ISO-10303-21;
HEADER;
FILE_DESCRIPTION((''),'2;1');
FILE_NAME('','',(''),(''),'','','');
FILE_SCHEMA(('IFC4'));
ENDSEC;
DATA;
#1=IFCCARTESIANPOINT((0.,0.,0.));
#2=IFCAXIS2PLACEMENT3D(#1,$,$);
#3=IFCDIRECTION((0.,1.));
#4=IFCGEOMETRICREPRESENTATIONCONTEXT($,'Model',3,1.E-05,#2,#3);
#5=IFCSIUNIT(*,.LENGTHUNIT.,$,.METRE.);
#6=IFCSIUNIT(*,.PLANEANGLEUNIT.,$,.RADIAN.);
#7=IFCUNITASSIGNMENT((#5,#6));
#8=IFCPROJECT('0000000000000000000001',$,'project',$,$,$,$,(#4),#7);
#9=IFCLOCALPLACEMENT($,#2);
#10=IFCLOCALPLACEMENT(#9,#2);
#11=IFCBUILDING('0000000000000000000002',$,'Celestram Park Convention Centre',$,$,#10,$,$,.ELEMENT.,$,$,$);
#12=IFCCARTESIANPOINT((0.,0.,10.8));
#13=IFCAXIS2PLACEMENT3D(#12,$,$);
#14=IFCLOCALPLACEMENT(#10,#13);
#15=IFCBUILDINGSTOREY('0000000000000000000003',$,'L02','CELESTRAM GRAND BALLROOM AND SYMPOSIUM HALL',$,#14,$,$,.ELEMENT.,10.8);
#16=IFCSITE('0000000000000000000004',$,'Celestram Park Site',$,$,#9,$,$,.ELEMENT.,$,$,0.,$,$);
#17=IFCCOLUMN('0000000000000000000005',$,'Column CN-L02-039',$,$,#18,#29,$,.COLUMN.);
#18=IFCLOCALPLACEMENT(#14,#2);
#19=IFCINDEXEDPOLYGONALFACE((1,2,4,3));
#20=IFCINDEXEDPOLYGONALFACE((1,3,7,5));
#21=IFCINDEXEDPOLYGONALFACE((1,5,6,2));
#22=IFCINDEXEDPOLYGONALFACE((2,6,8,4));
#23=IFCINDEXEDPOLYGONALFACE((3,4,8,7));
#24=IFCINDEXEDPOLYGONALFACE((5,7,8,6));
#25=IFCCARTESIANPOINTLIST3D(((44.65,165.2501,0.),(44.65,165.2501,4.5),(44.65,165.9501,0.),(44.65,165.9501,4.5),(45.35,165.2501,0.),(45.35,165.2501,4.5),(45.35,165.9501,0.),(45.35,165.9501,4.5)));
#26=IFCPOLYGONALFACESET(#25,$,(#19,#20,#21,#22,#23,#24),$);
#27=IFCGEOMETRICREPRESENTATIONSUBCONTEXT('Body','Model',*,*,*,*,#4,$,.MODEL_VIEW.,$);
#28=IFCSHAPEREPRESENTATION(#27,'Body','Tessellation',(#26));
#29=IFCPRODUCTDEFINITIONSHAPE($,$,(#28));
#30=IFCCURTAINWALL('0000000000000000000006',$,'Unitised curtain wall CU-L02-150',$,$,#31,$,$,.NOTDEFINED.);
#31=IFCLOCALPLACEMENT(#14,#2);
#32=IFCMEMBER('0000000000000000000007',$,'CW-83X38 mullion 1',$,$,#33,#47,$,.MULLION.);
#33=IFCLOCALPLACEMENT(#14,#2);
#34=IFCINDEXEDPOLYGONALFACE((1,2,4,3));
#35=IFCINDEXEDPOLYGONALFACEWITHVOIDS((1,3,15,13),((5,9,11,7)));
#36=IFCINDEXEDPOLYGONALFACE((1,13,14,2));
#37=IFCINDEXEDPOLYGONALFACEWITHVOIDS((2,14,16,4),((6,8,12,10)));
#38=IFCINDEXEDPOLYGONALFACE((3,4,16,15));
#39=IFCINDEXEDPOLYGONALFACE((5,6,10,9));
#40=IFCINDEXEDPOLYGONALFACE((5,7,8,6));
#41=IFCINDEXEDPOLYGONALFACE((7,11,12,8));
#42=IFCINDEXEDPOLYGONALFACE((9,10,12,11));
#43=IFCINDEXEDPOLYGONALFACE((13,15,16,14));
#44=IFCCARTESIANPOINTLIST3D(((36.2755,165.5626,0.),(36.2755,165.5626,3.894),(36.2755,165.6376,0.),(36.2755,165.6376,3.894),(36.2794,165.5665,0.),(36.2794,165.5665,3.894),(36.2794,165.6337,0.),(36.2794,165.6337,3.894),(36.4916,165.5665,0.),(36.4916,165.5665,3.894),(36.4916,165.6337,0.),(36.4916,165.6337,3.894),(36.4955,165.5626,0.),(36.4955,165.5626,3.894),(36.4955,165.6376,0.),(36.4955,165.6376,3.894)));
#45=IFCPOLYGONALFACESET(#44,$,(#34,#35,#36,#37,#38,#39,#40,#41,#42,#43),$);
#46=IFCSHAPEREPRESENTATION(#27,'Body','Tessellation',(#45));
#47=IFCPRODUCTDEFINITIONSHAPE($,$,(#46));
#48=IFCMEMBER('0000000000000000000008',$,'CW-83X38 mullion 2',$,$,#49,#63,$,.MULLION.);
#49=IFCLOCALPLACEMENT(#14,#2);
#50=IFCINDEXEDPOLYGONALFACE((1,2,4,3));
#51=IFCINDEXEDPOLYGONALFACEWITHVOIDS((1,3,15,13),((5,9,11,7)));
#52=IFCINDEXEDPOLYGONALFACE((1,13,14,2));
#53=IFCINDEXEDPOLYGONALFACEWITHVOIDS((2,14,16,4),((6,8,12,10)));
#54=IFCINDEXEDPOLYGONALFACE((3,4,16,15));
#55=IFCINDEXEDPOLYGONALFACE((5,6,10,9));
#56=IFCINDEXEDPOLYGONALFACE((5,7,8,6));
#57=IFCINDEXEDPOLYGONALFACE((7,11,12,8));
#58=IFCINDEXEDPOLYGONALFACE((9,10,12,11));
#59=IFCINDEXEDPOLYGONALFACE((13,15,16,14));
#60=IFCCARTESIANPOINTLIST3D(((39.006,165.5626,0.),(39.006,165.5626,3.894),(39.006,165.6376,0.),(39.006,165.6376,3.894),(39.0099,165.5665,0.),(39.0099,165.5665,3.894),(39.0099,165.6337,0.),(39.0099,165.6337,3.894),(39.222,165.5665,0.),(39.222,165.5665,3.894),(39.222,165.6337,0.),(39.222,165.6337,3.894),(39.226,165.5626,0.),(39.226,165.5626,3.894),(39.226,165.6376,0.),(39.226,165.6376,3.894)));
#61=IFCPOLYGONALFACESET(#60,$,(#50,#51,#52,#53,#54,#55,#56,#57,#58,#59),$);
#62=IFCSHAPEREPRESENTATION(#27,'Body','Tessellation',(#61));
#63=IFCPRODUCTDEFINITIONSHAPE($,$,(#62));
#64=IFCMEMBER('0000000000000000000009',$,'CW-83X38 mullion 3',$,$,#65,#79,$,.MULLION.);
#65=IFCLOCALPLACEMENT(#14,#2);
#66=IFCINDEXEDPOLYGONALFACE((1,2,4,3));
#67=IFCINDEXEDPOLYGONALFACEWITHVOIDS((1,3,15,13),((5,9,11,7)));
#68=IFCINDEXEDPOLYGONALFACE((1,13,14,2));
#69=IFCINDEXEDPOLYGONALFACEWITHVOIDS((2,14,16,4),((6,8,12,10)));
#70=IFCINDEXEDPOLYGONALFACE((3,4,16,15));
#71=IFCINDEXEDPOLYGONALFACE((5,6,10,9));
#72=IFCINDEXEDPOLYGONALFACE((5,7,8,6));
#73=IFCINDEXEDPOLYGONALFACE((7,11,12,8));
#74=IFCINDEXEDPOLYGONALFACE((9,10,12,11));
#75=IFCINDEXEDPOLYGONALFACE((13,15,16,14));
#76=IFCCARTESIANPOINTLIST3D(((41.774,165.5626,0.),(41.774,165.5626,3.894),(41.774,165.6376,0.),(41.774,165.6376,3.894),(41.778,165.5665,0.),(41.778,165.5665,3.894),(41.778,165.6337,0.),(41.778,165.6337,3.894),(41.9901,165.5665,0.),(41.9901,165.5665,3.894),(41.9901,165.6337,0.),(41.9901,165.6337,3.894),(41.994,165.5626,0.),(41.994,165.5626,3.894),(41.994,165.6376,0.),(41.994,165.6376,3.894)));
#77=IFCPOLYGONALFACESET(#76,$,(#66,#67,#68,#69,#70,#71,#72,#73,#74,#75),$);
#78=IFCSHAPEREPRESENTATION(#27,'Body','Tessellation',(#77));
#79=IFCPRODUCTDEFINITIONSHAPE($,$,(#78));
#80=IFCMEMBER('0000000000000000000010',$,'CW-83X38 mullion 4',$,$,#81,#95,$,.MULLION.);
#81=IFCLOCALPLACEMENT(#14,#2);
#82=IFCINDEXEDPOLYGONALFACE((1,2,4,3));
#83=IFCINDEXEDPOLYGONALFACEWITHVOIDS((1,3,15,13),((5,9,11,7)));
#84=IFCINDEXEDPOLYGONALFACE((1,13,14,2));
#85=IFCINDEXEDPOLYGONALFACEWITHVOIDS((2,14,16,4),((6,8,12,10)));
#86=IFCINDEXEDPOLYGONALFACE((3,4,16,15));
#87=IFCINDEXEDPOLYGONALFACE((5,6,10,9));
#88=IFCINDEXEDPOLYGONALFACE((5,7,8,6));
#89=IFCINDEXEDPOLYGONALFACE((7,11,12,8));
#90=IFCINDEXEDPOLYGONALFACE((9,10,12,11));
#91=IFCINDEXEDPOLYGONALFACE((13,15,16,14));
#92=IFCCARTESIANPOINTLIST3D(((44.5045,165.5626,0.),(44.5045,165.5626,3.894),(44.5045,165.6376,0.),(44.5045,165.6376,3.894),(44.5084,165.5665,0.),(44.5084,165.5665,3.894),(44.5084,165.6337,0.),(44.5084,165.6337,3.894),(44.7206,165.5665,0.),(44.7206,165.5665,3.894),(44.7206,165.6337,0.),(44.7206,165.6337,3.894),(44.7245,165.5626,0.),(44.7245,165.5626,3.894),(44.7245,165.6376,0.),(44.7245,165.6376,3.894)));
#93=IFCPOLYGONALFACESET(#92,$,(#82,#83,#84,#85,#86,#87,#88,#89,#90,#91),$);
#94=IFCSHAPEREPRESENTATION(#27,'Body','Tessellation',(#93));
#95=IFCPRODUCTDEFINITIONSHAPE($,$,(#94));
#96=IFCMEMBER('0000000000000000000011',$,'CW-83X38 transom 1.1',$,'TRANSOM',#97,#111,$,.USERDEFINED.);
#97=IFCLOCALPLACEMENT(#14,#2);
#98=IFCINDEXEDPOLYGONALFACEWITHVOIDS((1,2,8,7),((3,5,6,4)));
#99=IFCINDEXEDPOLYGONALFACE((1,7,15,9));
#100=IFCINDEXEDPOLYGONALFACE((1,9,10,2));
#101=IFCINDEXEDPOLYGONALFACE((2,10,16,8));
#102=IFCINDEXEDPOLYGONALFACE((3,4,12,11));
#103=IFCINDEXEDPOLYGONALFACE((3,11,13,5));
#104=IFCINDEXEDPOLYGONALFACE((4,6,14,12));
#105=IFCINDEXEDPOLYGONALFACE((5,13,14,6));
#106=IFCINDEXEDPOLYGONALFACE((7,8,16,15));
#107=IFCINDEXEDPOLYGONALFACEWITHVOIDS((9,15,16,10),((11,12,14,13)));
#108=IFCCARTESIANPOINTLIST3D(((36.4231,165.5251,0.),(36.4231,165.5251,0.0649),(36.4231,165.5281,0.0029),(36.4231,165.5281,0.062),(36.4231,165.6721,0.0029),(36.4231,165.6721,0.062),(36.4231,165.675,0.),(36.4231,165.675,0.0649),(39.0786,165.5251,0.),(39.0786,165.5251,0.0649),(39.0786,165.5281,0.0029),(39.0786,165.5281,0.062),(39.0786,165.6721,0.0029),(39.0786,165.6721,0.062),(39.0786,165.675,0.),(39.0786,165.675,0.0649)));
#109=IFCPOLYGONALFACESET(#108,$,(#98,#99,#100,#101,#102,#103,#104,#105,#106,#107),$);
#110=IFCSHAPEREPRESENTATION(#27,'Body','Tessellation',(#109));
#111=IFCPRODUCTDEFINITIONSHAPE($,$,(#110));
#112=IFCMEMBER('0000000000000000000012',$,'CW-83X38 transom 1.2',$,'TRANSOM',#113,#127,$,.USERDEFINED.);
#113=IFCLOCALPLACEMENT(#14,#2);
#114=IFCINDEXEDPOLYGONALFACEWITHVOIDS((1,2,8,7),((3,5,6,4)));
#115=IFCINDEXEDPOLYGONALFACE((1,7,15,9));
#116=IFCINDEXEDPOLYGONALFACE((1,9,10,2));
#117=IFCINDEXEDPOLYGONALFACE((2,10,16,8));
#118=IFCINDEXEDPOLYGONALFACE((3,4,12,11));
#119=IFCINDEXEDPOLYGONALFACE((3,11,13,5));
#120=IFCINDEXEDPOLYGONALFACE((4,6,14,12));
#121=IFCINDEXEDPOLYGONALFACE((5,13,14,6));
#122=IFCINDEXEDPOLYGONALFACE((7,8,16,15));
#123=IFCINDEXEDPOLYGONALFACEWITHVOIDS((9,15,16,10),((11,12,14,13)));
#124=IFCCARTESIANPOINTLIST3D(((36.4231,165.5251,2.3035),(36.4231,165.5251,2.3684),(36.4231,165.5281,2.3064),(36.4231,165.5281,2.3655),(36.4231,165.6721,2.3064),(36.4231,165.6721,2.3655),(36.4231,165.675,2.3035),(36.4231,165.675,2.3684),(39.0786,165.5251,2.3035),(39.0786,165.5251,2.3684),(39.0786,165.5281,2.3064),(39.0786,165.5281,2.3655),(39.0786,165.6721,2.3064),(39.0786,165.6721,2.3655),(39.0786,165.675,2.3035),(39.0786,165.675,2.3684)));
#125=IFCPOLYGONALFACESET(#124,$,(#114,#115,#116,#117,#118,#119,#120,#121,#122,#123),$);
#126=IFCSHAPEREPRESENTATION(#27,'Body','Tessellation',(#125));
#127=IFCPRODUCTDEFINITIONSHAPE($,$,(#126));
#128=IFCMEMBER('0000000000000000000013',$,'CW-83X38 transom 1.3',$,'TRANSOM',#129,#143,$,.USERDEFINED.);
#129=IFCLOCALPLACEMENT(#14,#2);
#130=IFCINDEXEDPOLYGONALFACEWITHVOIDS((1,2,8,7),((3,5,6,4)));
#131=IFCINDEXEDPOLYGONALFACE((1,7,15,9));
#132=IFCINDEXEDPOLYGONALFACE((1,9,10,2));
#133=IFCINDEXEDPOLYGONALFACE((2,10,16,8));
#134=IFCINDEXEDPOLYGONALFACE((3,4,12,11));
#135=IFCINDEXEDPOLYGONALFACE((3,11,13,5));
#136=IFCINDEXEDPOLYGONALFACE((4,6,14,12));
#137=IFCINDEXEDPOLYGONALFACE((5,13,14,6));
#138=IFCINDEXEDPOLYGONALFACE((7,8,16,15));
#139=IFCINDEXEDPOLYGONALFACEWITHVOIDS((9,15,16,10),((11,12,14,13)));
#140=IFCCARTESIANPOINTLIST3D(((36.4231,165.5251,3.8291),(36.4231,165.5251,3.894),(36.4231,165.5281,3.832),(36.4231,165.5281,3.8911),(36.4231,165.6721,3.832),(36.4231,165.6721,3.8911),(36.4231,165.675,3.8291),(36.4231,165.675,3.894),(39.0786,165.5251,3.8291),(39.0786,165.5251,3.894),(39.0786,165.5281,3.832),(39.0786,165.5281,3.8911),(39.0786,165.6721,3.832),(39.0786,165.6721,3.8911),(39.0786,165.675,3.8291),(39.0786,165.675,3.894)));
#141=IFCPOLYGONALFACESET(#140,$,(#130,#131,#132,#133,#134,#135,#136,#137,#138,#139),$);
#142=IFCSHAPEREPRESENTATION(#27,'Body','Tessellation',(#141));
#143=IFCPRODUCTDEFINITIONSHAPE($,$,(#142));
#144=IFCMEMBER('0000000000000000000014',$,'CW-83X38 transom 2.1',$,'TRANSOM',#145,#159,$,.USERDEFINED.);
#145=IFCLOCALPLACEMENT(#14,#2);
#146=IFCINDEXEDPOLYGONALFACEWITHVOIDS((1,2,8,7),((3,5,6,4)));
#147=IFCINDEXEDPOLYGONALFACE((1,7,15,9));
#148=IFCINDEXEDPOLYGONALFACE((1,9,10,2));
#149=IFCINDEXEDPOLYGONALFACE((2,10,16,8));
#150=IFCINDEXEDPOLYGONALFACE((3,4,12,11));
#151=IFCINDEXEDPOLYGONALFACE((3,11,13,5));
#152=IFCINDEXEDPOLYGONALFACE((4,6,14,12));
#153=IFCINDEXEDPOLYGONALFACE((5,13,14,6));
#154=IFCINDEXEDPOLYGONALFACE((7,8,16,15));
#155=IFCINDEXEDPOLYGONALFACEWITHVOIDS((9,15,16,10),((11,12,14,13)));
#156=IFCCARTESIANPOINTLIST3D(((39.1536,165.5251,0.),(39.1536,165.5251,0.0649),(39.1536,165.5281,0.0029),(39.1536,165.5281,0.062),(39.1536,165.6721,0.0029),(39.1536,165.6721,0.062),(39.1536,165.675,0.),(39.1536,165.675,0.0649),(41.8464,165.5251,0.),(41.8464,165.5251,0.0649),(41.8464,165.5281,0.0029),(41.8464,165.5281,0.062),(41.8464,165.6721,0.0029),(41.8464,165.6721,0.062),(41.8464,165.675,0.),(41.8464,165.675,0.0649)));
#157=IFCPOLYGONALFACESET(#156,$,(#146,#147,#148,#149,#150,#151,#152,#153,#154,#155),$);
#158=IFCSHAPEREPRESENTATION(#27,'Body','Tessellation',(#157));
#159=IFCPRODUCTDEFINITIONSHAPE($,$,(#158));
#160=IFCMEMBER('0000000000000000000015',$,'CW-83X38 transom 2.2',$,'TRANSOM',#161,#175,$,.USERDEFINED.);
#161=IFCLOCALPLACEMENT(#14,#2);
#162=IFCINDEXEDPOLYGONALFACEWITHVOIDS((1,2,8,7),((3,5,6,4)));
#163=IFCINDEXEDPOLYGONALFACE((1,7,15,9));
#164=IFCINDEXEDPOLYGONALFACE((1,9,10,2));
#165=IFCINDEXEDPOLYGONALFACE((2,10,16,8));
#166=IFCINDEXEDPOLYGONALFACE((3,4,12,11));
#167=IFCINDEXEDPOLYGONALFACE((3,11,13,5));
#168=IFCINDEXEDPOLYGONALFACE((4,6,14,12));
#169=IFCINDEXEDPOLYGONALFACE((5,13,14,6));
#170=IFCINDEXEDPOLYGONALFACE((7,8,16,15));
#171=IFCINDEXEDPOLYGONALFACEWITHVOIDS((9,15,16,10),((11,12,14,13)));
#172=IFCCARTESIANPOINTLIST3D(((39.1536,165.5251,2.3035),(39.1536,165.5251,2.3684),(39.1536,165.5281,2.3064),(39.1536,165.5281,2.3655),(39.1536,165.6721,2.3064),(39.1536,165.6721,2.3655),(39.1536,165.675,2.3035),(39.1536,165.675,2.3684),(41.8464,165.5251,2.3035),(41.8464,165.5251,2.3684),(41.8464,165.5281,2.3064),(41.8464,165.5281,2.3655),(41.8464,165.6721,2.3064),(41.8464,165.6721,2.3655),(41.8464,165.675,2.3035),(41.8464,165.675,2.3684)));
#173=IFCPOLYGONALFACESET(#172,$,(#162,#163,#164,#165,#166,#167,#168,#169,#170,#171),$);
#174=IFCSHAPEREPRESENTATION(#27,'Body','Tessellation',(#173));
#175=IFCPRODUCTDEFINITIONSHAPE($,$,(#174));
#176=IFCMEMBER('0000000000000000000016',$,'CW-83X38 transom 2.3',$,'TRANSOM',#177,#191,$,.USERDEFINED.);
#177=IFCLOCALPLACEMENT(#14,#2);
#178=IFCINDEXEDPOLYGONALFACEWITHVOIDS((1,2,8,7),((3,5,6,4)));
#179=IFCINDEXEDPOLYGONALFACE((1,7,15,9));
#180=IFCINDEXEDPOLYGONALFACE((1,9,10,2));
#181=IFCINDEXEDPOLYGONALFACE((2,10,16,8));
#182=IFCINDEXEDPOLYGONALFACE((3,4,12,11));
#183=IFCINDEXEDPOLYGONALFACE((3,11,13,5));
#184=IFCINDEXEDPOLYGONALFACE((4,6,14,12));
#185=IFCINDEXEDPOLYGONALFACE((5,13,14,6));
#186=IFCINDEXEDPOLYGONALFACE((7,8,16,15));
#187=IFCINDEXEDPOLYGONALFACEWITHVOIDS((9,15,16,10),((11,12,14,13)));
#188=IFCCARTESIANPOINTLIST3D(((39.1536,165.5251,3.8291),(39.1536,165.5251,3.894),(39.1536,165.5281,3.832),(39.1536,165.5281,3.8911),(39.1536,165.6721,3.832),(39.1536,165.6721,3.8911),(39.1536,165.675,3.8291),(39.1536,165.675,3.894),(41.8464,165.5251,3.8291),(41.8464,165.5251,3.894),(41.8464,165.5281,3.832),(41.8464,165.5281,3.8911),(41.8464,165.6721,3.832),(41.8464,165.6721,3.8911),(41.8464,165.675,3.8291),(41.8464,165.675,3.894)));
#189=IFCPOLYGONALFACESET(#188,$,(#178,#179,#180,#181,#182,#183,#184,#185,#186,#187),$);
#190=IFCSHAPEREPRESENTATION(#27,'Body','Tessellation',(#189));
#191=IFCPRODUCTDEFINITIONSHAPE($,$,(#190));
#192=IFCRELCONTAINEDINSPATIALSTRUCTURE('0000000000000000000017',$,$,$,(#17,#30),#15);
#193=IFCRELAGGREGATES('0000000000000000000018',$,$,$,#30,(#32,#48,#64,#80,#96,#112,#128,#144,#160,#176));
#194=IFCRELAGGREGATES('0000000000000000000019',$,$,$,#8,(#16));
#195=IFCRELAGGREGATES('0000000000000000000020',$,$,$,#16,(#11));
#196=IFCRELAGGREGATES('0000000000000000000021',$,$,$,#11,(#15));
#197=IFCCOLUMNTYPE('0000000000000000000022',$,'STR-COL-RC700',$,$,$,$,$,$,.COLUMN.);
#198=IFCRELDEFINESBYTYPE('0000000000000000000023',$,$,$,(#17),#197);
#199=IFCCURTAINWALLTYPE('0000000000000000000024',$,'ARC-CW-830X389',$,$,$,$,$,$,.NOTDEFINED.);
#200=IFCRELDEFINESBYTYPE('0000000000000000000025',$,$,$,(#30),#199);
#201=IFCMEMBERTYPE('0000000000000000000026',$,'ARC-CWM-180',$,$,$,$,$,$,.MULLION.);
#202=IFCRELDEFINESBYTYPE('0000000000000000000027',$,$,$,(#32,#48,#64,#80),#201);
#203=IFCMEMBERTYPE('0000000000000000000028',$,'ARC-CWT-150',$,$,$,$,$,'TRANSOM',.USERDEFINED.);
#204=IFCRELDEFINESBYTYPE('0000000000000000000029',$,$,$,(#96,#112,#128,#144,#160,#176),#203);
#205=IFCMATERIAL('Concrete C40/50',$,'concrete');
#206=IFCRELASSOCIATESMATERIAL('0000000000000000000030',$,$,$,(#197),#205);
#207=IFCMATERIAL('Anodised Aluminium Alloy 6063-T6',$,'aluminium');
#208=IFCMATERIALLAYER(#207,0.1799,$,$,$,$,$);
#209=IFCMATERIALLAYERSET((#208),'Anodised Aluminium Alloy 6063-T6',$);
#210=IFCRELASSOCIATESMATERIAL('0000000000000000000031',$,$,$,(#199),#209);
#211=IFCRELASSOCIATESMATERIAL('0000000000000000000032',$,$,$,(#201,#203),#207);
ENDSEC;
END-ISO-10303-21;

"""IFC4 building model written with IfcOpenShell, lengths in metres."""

from ifc_helpers import new_model, si_unit, direction, frame, origin, origin_2d, place, context, subcontext, project, spatial, rectangle, hollow_rectangle, extrude, material, layer, layer_set, material_profile, profile_set, type_object, element, aggregate, save


model = new_model("IFC4")

# Units and contexts
model_context = context("Model", 3, precision=1e-05, world=origin(), true_north=direction((0.0, 1.0)))
body_context = subcontext(model_context, "Body", "Model", "MODEL_VIEW")
ifc_project = project(units=[si_unit("LENGTHUNIT", "METRE"), si_unit("PLANEANGLEUNIT", "RADIAN")], contexts=[model_context])

# Site, building, storey
site_placement = place(None, origin())
site = spatial("IfcSite", under=ifc_project, at=site_placement, Name="Celestram Park Site", CompositionType="ELEMENT", RefElevation=0.0)
building_placement = place(site_placement, origin())
building = spatial("IfcBuilding", under=site, at=building_placement, Name="Celestram Park Convention Centre", CompositionType="ELEMENT")
storey_placement = place(building_placement, frame((0.0, 0.0, 10.8)))
storey = spatial("IfcBuildingStorey", under=building, at=storey_placement, Name="L02", Description="CELESTRAM GRAND BALLROOM AND SYMPOSIUM HALL", CompositionType="ELEMENT", Elevation=10.8)

# Column
ifc_material_1 = material(Name="Concrete C40/50", Category="concrete")
ifc_material_profile_1 = material_profile(ifc_material_1, rectangle(XDim=0.7, YDim=0.7, at=origin_2d()), Name="RC700X700")
ifc_profile_set_1 = profile_set([ifc_material_profile_1], Name="Concrete C40/50")
column_type = type_object("IfcColumnType", Name="STR-COL-RC700", PredefinedType="COLUMN", material=ifc_profile_set_1)
column_placement = place(storey_placement, frame((45.0, 165.6001, 0.0), z_axis=(0.0, 0.0, 1.0), x_axis=(1.0, 0.0, 0.0)))
element("IfcColumn", 1, at=column_placement, inside=storey, type_object=column_type, Name="Column CN-L02-039", PredefinedType="COLUMN", context=body_context, shape_type="SweptSolid", body=[
    extrude(rectangle(XDim=0.7, YDim=0.7, at=origin_2d()), origin(), (0.0, 0.0, 1.0), 4.5),
])

# Curtain wall, members
ifc_material_2 = material(Name="Anodised Aluminium Alloy 6063-T6", Category="aluminium")
ifc_layer_1 = layer(ifc_material_2, 0.1799)
ifc_layer_set_1 = layer_set([ifc_layer_1], Name="Anodised Aluminium Alloy 6063-T6")
curtain_wall_type = type_object("IfcCurtainWallType", Name="ARC-CW-830X389", PredefinedType="NOTDEFINED", material=ifc_layer_set_1)
curtain_wall_placement = place(storey_placement, origin())
curtain_wall = element("IfcCurtainWall", 2, at=curtain_wall_placement, inside=storey, type_object=curtain_wall_type, Name="Unitised curtain wall CU-L02-150", PredefinedType="NOTDEFINED")
ifc_material_profile_2 = material_profile(ifc_material_2, hollow_rectangle(XDim=0.075, YDim=0.22, WallThickness=0.0039, at=origin_2d()), Name="ALU75X220X4")
ifc_profile_set_2 = profile_set([ifc_material_profile_2], Name="Anodised Aluminium Alloy 6063-T6")
member_type_1 = type_object("IfcMemberType", Name="ARC-CWM-180", PredefinedType="MULLION", material=ifc_profile_set_2)
member_1_placement = place(storey_placement, frame((36.3855, 165.6001, 0.0), z_axis=(0.0, 0.0, 1.0), x_axis=(0.0, 1.0, 0.0)))
member_1 = element("IfcMember", 3, at=member_1_placement, type_object=member_type_1, Name="CW-83X38 mullion 1", PredefinedType="MULLION", context=body_context, shape_type="SweptSolid", body=[
    extrude(hollow_rectangle(XDim=0.075, YDim=0.22, WallThickness=0.0039, at=origin_2d()), origin(), (0.0, 0.0, 1.0), 3.894),
])
member_2_placement = place(storey_placement, frame((39.116, 165.6001, 0.0), z_axis=(0.0, 0.0, 1.0), x_axis=(0.0, 1.0, 0.0)))
member_2 = element("IfcMember", 4, at=member_2_placement, type_object=member_type_1, Name="CW-83X38 mullion 2", PredefinedType="MULLION", context=body_context, shape_type="SweptSolid", body=[
    extrude(hollow_rectangle(XDim=0.075, YDim=0.22, WallThickness=0.0039, at=origin_2d()), origin(), (0.0, 0.0, 1.0), 3.894),
])
member_3_placement = place(storey_placement, frame((41.884, 165.6001, 0.0), z_axis=(0.0, 0.0, 1.0), x_axis=(0.0, 1.0, 0.0)))
member_3 = element("IfcMember", 5, at=member_3_placement, type_object=member_type_1, Name="CW-83X38 mullion 3", PredefinedType="MULLION", context=body_context, shape_type="SweptSolid", body=[
    extrude(hollow_rectangle(XDim=0.075, YDim=0.22, WallThickness=0.0039, at=origin_2d()), origin(), (0.0, 0.0, 1.0), 3.894),
])
member_4_placement = place(storey_placement, frame((44.6145, 165.6001, 0.0), z_axis=(0.0, 0.0, 1.0), x_axis=(0.0, 1.0, 0.0)))
member_4 = element("IfcMember", 6, at=member_4_placement, type_object=member_type_1, Name="CW-83X38 mullion 4", PredefinedType="MULLION", context=body_context, shape_type="SweptSolid", body=[
    extrude(hollow_rectangle(XDim=0.075, YDim=0.22, WallThickness=0.0039, at=origin_2d()), origin(), (0.0, 0.0, 1.0), 3.894),
])
ifc_material_profile_3 = material_profile(ifc_material_2, hollow_rectangle(XDim=0.1499, YDim=0.0649, WallThickness=0.0029, at=origin_2d()), Name="ALU150X65X3")
ifc_profile_set_3 = profile_set([ifc_material_profile_3], Name="Anodised Aluminium Alloy 6063-T6")
member_type_2 = type_object("IfcMemberType", Name="ARC-CWT-150", ElementType="TRANSOM", PredefinedType="USERDEFINED", material=ifc_profile_set_3)
member_5_placement = place(storey_placement, frame((36.4231, 165.6001, 0.0325), z_axis=(1.0, 0.0, 0.0), x_axis=(0.0, 1.0, 0.0)))
member_5 = element("IfcMember", 7, at=member_5_placement, type_object=member_type_2, Name="CW-83X38 transom 1.1", ObjectType="TRANSOM", PredefinedType="USERDEFINED", context=body_context, shape_type="SweptSolid", body=[
    extrude(hollow_rectangle(XDim=0.1499, YDim=0.0649, WallThickness=0.0029, at=origin_2d()), origin(), (0.0, 0.0, 1.0), 2.6555),
])
member_6_placement = place(storey_placement, frame((36.4231, 165.6001, 2.3359), z_axis=(1.0, 0.0, 0.0), x_axis=(0.0, 1.0, 0.0)))
member_6 = element("IfcMember", 8, at=member_6_placement, type_object=member_type_2, Name="CW-83X38 transom 1.2", ObjectType="TRANSOM", PredefinedType="USERDEFINED", context=body_context, shape_type="SweptSolid", body=[
    extrude(hollow_rectangle(XDim=0.1499, YDim=0.0649, WallThickness=0.0029, at=origin_2d()), origin(), (0.0, 0.0, 1.0), 2.6555),
])
member_7_placement = place(storey_placement, frame((36.4231, 165.6001, 3.8616), z_axis=(1.0, 0.0, 0.0), x_axis=(0.0, 1.0, 0.0)))
member_7 = element("IfcMember", 9, at=member_7_placement, type_object=member_type_2, Name="CW-83X38 transom 1.3", ObjectType="TRANSOM", PredefinedType="USERDEFINED", context=body_context, shape_type="SweptSolid", body=[
    extrude(hollow_rectangle(XDim=0.1499, YDim=0.0649, WallThickness=0.0029, at=origin_2d()), origin(), (0.0, 0.0, 1.0), 2.6555),
])
member_8_placement = place(storey_placement, frame((39.1536, 165.6001, 0.0325), z_axis=(1.0, 0.0, 0.0), x_axis=(0.0, 1.0, 0.0)))
member_8 = element("IfcMember", 10, at=member_8_placement, type_object=member_type_2, Name="CW-83X38 transom 2.1", ObjectType="TRANSOM", PredefinedType="USERDEFINED", context=body_context, shape_type="SweptSolid", body=[
    extrude(hollow_rectangle(XDim=0.1499, YDim=0.0649, WallThickness=0.0029, at=origin_2d()), origin(), (0.0, 0.0, 1.0), 2.6929),
])
member_9_placement = place(storey_placement, frame((39.1536, 165.6001, 2.3359), z_axis=(1.0, 0.0, 0.0), x_axis=(0.0, 1.0, 0.0)))
member_9 = element("IfcMember", 11, at=member_9_placement, type_object=member_type_2, Name="CW-83X38 transom 2.2", ObjectType="TRANSOM", PredefinedType="USERDEFINED", context=body_context, shape_type="SweptSolid", body=[
    extrude(hollow_rectangle(XDim=0.1499, YDim=0.0649, WallThickness=0.0029, at=origin_2d()), origin(), (0.0, 0.0, 1.0), 2.6929),
])
member_10_placement = place(storey_placement, frame((39.1536, 165.6001, 3.8616), z_axis=(1.0, 0.0, 0.0), x_axis=(0.0, 1.0, 0.0)))
member_10 = element("IfcMember", 12, at=member_10_placement, type_object=member_type_2, Name="CW-83X38 transom 2.3", ObjectType="TRANSOM", PredefinedType="USERDEFINED", context=body_context, shape_type="SweptSolid", body=[
    extrude(hollow_rectangle(XDim=0.1499, YDim=0.0649, WallThickness=0.0029, at=origin_2d()), origin(), (0.0, 0.0, 1.0), 2.6929),
])

aggregate(curtain_wall, [member_1, member_2, member_3, member_4, member_5, member_6, member_7, member_8, member_9, member_10])

save(model, "model.ifc")
